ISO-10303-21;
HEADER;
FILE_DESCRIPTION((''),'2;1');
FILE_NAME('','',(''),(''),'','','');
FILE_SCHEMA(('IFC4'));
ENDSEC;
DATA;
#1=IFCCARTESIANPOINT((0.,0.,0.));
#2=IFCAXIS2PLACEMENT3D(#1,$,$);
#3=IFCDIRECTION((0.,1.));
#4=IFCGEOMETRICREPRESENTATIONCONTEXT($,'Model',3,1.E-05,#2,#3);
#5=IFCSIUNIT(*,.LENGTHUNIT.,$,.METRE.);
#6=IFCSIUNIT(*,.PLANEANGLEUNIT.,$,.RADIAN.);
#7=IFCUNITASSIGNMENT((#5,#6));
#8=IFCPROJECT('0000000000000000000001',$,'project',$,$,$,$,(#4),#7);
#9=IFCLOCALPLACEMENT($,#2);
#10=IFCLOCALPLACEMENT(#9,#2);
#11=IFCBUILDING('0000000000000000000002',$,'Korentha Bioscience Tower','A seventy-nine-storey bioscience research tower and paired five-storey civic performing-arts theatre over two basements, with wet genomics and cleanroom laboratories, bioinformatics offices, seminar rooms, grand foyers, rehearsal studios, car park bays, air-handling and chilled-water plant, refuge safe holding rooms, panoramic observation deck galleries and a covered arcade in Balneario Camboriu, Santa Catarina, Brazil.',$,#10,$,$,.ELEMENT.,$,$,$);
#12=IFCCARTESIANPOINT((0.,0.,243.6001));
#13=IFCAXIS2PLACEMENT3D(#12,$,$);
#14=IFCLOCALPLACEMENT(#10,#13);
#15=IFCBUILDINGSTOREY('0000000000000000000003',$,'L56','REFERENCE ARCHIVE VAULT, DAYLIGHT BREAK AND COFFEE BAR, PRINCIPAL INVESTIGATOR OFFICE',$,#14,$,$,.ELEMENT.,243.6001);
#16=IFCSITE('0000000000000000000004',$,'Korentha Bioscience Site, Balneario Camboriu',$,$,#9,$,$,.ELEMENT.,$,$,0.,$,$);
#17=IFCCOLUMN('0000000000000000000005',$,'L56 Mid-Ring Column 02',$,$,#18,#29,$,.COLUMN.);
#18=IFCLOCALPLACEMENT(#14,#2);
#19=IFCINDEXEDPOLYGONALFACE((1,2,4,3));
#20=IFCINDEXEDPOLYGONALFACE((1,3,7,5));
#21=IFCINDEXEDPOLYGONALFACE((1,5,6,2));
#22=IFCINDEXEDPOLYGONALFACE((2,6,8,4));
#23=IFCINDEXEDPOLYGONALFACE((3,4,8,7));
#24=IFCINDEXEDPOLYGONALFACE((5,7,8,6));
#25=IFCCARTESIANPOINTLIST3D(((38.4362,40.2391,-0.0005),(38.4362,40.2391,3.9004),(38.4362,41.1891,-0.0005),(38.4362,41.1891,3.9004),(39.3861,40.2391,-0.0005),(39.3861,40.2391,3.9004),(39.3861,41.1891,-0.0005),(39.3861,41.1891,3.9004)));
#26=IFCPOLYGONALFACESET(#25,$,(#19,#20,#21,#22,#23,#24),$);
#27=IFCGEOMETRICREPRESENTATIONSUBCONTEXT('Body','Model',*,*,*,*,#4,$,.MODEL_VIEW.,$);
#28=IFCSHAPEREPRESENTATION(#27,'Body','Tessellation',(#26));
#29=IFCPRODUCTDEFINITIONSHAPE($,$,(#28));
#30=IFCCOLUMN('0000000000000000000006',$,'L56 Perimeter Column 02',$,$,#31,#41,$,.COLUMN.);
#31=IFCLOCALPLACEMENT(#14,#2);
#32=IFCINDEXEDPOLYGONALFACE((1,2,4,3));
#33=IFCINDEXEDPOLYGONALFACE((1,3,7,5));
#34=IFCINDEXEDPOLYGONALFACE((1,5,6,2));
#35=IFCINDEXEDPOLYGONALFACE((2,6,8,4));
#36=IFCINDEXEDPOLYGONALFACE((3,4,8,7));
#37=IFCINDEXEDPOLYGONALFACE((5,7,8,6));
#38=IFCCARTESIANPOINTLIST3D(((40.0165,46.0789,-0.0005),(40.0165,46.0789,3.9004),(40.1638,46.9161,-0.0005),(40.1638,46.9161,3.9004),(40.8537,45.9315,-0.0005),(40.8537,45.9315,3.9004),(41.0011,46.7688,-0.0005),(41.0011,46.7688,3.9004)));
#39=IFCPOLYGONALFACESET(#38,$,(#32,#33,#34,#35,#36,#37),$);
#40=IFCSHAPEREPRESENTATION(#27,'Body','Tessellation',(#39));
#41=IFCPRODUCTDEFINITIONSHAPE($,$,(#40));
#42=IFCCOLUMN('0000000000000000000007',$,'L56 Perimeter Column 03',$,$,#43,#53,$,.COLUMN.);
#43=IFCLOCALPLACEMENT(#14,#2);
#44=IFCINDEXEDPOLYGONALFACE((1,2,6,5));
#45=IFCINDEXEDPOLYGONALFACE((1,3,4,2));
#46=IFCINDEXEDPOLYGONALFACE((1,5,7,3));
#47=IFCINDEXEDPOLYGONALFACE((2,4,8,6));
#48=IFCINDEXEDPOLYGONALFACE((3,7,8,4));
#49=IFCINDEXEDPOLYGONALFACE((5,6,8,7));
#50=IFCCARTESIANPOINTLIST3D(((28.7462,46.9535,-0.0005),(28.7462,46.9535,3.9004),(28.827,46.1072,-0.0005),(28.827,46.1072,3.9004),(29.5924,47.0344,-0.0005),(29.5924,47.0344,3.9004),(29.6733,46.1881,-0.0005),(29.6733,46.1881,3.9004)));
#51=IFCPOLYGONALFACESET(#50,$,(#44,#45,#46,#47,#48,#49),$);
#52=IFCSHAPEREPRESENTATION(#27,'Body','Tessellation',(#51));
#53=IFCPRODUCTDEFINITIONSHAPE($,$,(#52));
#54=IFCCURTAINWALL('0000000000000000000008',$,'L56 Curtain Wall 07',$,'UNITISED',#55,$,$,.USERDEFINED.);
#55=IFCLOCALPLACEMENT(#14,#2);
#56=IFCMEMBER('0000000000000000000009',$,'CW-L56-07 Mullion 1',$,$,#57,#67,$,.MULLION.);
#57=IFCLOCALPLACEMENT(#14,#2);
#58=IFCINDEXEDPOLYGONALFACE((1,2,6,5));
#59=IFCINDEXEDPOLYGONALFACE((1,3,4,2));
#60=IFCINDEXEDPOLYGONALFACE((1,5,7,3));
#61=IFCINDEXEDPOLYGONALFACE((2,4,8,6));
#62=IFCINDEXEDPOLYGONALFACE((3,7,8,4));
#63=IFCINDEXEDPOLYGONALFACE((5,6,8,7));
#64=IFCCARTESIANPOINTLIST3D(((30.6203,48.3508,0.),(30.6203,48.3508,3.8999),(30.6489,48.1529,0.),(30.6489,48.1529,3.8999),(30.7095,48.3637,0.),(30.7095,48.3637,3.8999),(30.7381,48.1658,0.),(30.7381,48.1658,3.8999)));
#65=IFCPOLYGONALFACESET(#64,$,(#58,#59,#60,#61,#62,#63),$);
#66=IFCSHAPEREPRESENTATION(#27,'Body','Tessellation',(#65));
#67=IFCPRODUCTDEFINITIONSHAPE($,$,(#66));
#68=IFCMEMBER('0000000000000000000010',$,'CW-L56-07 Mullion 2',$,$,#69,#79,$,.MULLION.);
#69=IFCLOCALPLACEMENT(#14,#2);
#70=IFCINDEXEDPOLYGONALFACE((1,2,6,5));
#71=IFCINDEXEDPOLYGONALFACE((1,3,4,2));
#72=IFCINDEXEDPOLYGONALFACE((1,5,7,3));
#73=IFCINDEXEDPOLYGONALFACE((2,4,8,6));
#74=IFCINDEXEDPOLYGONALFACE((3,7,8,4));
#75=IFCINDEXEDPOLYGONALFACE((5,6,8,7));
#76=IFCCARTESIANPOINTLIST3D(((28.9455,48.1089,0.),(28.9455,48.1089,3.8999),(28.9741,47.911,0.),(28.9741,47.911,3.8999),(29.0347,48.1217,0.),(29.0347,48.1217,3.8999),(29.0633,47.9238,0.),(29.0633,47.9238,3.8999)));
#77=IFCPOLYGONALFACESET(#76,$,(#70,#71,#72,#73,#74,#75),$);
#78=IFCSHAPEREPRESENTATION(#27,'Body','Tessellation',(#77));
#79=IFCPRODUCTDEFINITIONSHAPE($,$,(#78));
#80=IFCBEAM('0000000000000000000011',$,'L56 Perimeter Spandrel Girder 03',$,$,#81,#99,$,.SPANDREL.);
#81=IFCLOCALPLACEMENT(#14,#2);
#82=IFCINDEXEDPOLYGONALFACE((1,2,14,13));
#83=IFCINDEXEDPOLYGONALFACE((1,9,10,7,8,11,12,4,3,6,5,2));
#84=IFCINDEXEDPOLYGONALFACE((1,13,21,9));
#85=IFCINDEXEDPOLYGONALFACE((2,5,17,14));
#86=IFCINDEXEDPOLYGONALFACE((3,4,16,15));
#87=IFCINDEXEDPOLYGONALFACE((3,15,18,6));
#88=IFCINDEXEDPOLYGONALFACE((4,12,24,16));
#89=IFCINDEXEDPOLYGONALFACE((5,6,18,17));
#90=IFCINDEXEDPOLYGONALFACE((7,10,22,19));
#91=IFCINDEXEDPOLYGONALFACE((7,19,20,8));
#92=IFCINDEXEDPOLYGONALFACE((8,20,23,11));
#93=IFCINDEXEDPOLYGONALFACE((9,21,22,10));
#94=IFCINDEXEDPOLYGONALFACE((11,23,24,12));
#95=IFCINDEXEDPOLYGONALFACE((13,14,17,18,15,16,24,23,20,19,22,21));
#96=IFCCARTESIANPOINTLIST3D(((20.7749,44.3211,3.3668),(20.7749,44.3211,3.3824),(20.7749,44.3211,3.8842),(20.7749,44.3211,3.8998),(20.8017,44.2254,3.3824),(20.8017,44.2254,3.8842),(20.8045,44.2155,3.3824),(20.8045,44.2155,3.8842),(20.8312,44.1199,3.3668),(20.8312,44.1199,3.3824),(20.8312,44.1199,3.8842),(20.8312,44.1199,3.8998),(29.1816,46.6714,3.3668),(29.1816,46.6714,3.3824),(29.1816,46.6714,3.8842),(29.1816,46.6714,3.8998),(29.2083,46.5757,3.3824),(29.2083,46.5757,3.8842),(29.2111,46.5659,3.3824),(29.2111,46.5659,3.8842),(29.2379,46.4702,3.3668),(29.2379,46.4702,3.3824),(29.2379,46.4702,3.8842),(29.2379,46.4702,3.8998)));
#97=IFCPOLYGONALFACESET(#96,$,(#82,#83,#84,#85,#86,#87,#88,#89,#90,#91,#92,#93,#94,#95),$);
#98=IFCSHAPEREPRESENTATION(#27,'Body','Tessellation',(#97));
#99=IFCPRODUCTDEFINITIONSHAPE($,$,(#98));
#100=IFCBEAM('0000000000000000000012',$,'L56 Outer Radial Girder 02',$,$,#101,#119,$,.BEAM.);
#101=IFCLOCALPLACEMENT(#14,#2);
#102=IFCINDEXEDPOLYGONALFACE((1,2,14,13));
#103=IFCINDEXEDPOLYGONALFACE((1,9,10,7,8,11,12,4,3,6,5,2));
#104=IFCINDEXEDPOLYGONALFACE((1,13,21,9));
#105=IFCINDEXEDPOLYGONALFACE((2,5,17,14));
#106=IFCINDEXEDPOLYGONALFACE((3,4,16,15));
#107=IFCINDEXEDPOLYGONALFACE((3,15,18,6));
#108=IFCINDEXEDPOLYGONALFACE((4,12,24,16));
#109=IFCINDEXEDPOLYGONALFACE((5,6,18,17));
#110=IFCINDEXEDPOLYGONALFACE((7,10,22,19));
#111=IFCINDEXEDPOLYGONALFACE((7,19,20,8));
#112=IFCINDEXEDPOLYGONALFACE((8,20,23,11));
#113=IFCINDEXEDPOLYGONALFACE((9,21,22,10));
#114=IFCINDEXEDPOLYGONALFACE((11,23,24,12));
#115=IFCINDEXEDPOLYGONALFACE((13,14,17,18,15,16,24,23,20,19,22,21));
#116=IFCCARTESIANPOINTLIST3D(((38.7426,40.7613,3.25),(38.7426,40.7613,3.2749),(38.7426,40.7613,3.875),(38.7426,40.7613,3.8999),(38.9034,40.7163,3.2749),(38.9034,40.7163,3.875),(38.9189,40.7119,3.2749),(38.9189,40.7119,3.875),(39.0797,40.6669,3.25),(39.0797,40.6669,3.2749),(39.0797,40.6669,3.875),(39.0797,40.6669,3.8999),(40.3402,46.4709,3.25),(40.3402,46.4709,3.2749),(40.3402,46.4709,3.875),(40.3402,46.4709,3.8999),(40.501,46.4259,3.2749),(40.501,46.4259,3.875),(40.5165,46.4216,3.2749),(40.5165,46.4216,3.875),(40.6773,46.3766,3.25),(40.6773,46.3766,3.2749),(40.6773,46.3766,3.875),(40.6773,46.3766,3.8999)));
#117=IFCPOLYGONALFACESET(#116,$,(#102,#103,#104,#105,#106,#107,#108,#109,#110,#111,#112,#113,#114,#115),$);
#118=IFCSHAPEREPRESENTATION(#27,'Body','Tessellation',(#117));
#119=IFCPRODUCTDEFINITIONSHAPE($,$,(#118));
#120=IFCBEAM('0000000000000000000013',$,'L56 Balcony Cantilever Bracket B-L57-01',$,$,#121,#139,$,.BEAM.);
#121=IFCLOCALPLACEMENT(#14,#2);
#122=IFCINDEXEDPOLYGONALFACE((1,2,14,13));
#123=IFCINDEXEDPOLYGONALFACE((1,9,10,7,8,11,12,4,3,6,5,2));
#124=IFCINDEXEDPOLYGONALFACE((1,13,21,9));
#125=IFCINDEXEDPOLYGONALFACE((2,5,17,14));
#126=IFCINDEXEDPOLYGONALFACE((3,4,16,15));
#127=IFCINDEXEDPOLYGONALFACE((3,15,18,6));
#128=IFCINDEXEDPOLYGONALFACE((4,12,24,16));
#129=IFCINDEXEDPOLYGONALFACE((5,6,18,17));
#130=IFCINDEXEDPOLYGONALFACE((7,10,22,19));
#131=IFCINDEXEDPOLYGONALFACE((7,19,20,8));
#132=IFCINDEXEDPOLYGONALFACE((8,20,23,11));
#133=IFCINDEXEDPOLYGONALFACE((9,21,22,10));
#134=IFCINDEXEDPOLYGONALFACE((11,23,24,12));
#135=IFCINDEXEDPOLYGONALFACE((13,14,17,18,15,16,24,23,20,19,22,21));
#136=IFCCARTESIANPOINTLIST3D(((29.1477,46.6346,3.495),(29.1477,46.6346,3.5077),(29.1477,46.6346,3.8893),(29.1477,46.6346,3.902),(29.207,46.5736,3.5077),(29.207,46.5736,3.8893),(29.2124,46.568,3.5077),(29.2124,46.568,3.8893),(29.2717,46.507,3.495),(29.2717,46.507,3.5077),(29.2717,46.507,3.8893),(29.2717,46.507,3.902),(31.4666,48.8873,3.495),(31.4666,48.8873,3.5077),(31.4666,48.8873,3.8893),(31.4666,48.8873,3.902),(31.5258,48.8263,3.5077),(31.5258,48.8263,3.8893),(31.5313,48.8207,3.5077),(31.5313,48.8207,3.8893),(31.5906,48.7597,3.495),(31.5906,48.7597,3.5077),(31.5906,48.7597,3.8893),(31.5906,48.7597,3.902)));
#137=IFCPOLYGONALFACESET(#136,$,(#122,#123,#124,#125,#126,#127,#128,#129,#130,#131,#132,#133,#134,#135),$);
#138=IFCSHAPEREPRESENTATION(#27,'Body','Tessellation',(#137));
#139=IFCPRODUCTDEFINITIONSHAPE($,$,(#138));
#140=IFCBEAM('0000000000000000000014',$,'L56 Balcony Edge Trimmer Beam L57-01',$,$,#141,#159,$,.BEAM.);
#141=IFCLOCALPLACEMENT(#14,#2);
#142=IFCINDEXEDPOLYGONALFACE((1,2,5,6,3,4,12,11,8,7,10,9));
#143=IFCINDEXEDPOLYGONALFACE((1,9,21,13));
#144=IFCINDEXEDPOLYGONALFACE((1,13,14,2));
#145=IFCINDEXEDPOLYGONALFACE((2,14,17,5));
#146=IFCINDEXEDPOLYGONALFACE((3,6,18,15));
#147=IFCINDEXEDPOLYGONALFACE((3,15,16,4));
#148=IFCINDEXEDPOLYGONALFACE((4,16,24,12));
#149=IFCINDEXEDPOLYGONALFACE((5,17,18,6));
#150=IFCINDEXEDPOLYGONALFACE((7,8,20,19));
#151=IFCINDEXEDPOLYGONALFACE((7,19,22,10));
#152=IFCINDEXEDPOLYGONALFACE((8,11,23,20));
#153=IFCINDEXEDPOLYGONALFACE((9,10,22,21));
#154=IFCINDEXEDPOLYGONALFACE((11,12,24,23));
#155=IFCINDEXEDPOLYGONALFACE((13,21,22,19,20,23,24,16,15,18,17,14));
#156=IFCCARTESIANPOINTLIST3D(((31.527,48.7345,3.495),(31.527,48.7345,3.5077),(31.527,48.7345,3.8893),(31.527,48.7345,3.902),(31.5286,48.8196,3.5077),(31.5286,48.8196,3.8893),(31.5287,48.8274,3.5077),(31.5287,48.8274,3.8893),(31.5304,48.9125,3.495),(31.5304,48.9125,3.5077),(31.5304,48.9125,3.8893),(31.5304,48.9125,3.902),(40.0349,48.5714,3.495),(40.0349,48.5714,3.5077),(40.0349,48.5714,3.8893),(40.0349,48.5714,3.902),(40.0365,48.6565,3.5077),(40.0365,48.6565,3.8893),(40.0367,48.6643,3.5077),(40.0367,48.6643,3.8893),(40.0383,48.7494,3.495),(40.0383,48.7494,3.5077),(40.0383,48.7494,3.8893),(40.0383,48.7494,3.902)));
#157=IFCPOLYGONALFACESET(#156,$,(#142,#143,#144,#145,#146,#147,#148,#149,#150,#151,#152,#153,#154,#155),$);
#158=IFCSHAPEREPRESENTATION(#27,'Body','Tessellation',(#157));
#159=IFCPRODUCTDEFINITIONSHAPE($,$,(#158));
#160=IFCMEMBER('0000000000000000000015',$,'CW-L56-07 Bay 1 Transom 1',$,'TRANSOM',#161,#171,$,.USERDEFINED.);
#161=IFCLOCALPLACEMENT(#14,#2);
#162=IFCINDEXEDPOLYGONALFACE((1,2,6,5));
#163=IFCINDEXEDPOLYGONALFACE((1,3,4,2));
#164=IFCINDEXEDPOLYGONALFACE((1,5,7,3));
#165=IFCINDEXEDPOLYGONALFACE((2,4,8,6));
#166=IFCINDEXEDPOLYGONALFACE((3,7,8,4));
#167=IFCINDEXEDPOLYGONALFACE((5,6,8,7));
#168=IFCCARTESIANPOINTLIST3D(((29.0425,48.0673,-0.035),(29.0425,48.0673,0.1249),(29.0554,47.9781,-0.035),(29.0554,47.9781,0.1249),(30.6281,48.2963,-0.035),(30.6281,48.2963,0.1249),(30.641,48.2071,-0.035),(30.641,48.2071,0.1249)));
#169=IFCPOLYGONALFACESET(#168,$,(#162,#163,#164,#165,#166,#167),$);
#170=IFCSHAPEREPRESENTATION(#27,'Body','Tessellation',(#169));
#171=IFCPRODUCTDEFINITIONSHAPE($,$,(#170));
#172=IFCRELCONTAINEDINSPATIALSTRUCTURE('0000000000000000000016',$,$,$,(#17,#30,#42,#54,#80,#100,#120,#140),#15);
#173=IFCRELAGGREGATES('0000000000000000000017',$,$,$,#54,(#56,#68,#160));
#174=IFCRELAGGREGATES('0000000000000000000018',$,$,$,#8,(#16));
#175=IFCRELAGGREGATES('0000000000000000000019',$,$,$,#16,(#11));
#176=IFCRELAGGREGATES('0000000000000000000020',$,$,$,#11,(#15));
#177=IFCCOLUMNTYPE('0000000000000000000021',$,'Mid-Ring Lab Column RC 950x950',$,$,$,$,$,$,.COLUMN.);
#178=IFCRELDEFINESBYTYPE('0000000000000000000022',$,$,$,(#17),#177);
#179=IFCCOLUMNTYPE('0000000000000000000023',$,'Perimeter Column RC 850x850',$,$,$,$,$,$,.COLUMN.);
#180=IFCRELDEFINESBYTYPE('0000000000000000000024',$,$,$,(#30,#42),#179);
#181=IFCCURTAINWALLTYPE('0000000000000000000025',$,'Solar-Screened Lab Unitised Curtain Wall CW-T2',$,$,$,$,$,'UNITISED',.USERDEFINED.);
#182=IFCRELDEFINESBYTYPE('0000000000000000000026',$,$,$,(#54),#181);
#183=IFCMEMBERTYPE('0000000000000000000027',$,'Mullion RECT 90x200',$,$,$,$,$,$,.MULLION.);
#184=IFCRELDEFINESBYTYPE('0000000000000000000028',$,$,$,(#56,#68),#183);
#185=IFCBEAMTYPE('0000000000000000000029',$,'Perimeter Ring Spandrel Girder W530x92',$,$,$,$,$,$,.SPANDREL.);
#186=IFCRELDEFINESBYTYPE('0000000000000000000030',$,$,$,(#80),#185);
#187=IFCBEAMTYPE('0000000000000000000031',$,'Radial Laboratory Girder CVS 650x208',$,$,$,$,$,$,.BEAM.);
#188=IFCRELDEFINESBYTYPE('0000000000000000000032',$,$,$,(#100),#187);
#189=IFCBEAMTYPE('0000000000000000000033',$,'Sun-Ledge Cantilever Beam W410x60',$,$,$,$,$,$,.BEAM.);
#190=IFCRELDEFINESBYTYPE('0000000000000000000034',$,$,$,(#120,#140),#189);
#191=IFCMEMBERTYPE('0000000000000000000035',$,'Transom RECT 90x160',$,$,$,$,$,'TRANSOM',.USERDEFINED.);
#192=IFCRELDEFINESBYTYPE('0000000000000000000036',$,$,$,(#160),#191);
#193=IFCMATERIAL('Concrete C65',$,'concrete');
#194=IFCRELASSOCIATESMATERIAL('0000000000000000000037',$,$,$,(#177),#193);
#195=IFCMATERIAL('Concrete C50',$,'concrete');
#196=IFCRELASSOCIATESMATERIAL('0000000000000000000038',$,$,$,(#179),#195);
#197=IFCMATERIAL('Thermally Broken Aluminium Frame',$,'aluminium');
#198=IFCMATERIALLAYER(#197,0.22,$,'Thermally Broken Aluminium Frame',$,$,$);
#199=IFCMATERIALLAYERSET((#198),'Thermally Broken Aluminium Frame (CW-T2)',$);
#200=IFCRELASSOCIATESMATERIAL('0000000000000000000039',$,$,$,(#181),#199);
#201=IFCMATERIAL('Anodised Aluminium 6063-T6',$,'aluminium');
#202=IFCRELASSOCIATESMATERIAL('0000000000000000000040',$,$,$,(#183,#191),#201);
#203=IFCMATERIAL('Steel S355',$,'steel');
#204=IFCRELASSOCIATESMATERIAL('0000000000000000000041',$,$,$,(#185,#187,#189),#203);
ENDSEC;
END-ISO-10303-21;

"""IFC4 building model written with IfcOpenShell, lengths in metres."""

from ifc_helpers import new_model, si_unit, direction, frame, origin, origin_2d, place, context, subcontext, project, spatial, rectangle, i_section, extrude, material, layer, layer_set, material_profile, profile_set, type_object, element, aggregate, save


model = new_model("IFC4")

# Units and contexts
model_context = context("Model", 3, precision=1e-05, world=origin(), true_north=direction((0.0, 1.0)))
body_context = subcontext(model_context, "Body", "Model", "MODEL_VIEW")
ifc_project = project(units=[si_unit("LENGTHUNIT", "METRE"), si_unit("PLANEANGLEUNIT", "RADIAN")], contexts=[model_context])

# Site, building, storey
site_placement = place(None, origin())
site = spatial("IfcSite", under=ifc_project, at=site_placement, Name="Korentha Bioscience Site, Balneario Camboriu", CompositionType="ELEMENT", RefElevation=0.0)
building_placement = place(site_placement, origin())
building = spatial("IfcBuilding", under=site, at=building_placement, Name="Korentha Bioscience Tower", Description="A seventy-nine-storey bioscience research tower and paired five-storey civic performing-arts theatre over two basements, with wet genomics and cleanroom laboratories, bioinformatics offices, seminar rooms, grand foyers, rehearsal studios, car park bays, air-handling and chilled-water plant, refuge safe holding rooms, panoramic observation deck galleries and a covered arcade in Balneario Camboriu, Santa Catarina, Brazil.", CompositionType="ELEMENT")
storey_placement = place(building_placement, frame((0.0, 0.0, 243.6001)))
storey = spatial("IfcBuildingStorey", under=building, at=storey_placement, Name="L56", Description="REFERENCE ARCHIVE VAULT, DAYLIGHT BREAK AND COFFEE BAR, PRINCIPAL INVESTIGATOR OFFICE", CompositionType="ELEMENT", Elevation=243.6001)

# Columns
ifc_material_1 = material(Name="Concrete C65", Category="concrete")
ifc_material_profile_1 = material_profile(ifc_material_1, rectangle(XDim=0.95, YDim=0.95, at=origin_2d()), Name="Concrete C65")
ifc_profile_set_1 = profile_set([ifc_material_profile_1], Name="Concrete C65 (COL-MR09)")
column_type_1 = type_object("IfcColumnType", Name="Mid-Ring Lab Column RC 950x950", PredefinedType="COLUMN", material=ifc_profile_set_1)
column_placement = place(storey_placement, frame((38.9111, 40.7141, -0.0005), z_axis=(0.0, 0.0, 1.0), x_axis=(1.0, 0.0, 0.0)))
element("IfcColumn", 1, at=column_placement, inside=storey, type_object=column_type_1, Name="L56 Mid-Ring Column 02", PredefinedType="COLUMN", context=body_context, shape_type="SweptSolid", body=[
    extrude(rectangle(XDim=0.95, YDim=0.95, at=origin_2d()), origin(), (0.0, 0.0, 1.0), 3.9009),
])
ifc_material_2 = material(Name="Concrete C50", Category="concrete")
ifc_material_profile_2 = material_profile(ifc_material_2, rectangle(XDim=0.8501, YDim=0.8501, at=origin_2d()), Name="Concrete C50")
ifc_profile_set_2 = profile_set([ifc_material_profile_2], Name="Concrete C50 (COL-P08)")
column_type_2 = type_object("IfcColumnType", Name="Perimeter Column RC 850x850", PredefinedType="COLUMN", material=ifc_profile_set_2)
for number, where, z_axis, x_axis, name in (
    (2, (40.5088, 46.4238, -0.0005), (0.0, 0.0, 1.0), (-0.984868, 0.173304, 0.0), "L56 Perimeter Column 02"),
    (3, (29.2097, 46.5708, -0.0005), (0.0, 0.0, 1.0), (0.995463, 0.095151, 0.0), "L56 Perimeter Column 03"),
):
    element("IfcColumn", number, at=place(storey_placement, frame(where, z_axis=z_axis, x_axis=x_axis)), inside=storey, type_object=column_type_2, Name=name, PredefinedType="COLUMN", context=body_context, shape_type="SweptSolid", body=[
        extrude(rectangle(XDim=0.8501, YDim=0.8501, at=origin_2d()), origin(), (0.0, 0.0, 1.0), 3.9009),
    ])

# Curtain wall, members
ifc_material_3 = material(Name="Thermally Broken Aluminium Frame", Category="aluminium")
ifc_layer_1 = layer(ifc_material_3, 0.22, Name="Thermally Broken Aluminium Frame")
ifc_layer_set_1 = layer_set([ifc_layer_1], Name="Thermally Broken Aluminium Frame (CW-T2)")
curtain_wall_type = type_object("IfcCurtainWallType", Name="Solar-Screened Lab Unitised Curtain Wall CW-T2", ElementType="UNITISED", PredefinedType="USERDEFINED", material=ifc_layer_set_1)
curtain_wall_placement = place(storey_placement, origin())
curtain_wall = element("IfcCurtainWall", 4, at=curtain_wall_placement, inside=storey, type_object=curtain_wall_type, Name="L56 Curtain Wall 07", ObjectType="UNITISED", PredefinedType="USERDEFINED")
ifc_material_4 = material(Name="Anodised Aluminium 6063-T6", Category="aluminium")
ifc_material_profile_3 = material_profile(ifc_material_4, rectangle(XDim=0.0901, YDim=0.2, at=origin_2d()), Name="Anodised Aluminium 6063-T6")
ifc_profile_set_3 = profile_set([ifc_material_profile_3], Name="Anodised Aluminium 6063-T6 (CW-MUL)")
member_type_1 = type_object("IfcMemberType", Name="Mullion RECT 90x200", PredefinedType="MULLION", material=ifc_profile_set_3)
member_1_placement = place(storey_placement, frame((30.6792, 48.2583, 0.0), z_axis=(0.0, 0.0, 1.0), x_axis=(-0.989729, -0.142956, 0.0)))
member_1 = element("IfcMember", 5, at=member_1_placement, type_object=member_type_1, Name="CW-L56-07 Mullion 1", PredefinedType="MULLION", context=body_context, shape_type="SweptSolid", body=[
    extrude(rectangle(XDim=0.0901, YDim=0.2, at=origin_2d()), origin(), (0.0, 0.0, 1.0), 3.8999),
])
member_2_placement = place(storey_placement, frame((29.0044, 48.0164, 0.0), z_axis=(0.0, 0.0, 1.0), x_axis=(-0.989729, -0.142956, 0.0)))
member_2 = element("IfcMember", 6, at=member_2_placement, type_object=member_type_1, Name="CW-L56-07 Mullion 2", PredefinedType="MULLION", context=body_context, shape_type="SweptSolid", body=[
    extrude(rectangle(XDim=0.0901, YDim=0.2, at=origin_2d()), origin(), (0.0, 0.0, 1.0), 3.8999),
])

# Beams
ifc_material_5 = material(Name="Steel S355", Category="steel")
ifc_material_profile_4 = material_profile(ifc_material_5, i_section(OverallWidth=0.209, OverallDepth=0.533, WebThickness=0.0103, FlangeThickness=0.0156, at=origin_2d()), Name="Steel S355")
ifc_profile_set_4 = profile_set([ifc_material_profile_4], Name="Steel S355 (SB-530)")
beam_type_1 = type_object("IfcBeamType", Name="Perimeter Ring Spandrel Girder W530x92", PredefinedType="SPANDREL", material=ifc_profile_set_4)
beam_1_placement = place(storey_placement, frame((29.2097, 46.5708, 3.6333), z_axis=(-0.963069, -0.269253, 0.0), x_axis=(0.269253, -0.963069, 0.0)))
element("IfcBeam", 7, at=beam_1_placement, inside=storey, type_object=beam_type_1, Name="L56 Perimeter Spandrel Girder 03", PredefinedType="SPANDREL", context=body_context, shape_type="SweptSolid", body=[
    extrude(i_section(OverallWidth=0.209, OverallDepth=0.533, WebThickness=0.0103, FlangeThickness=0.0156, at=origin_2d()), origin(), (0.0, 0.0, 1.0), 8.729),
])
ifc_material_profile_5 = material_profile(ifc_material_5, i_section(OverallWidth=0.3501, OverallDepth=0.6499, WebThickness=0.0161, FlangeThickness=0.0249, at=origin_2d()), Name="Steel S355")
ifc_profile_set_5 = profile_set([ifc_material_profile_5], Name="Steel S355 (RB-650)")
beam_type_2 = type_object("IfcBeamType", Name="Radial Laboratory Girder CVS 650x208", PredefinedType="BEAM", material=ifc_profile_set_5)
beam_2_placement = place(storey_placement, frame((38.9111, 40.7141, 3.575), z_axis=(0.269463, 0.963011, 0.0), x_axis=(-0.963011, 0.269463, 0.0)))
element("IfcBeam", 8, at=beam_2_placement, inside=storey, type_object=beam_type_2, Name="L56 Outer Radial Girder 02", PredefinedType="BEAM", context=body_context, shape_type="SweptSolid", body=[
    extrude(i_section(OverallWidth=0.3501, OverallDepth=0.6499, WebThickness=0.0161, FlangeThickness=0.0249, at=origin_2d()), origin(), (0.0, 0.0, 1.0), 5.929),
])
ifc_material_profile_6 = material_profile(ifc_material_5, i_section(OverallWidth=0.178, OverallDepth=0.407, WebThickness=0.0078, FlangeThickness=0.0127, at=origin_2d()), Name="Steel S355")
ifc_profile_set_6 = profile_set([ifc_material_profile_6], Name="Steel S355 (CB-410)")
beam_type_3 = type_object("IfcBeamType", Name="Sun-Ledge Cantilever Beam W410x60", PredefinedType="BEAM", material=ifc_profile_set_6)
beam_3_placement = place(storey_placement, frame((29.2097, 46.5708, 3.6985), z_axis=(0.717265, 0.6968, 0.0), x_axis=(-0.6968, 0.717265, 0.0)))
element("IfcBeam", 9, at=beam_3_placement, inside=storey, type_object=beam_type_3, Name="L56 Balcony Cantilever Bracket B-L57-01", PredefinedType="BEAM", context=body_context, shape_type="SweptSolid", body=[
    extrude(i_section(OverallWidth=0.178, OverallDepth=0.407, WebThickness=0.0078, FlangeThickness=0.0127, at=origin_2d()), origin(), (0.0, 0.0, 1.0), 3.2329),
])
beam_4_placement = place(storey_placement, frame((40.0366, 48.6604, 3.6985), z_axis=(-0.999816, 0.019165, 0.0), x_axis=(-0.019165, -0.999816, 0.0)))
element("IfcBeam", 10, at=beam_4_placement, inside=storey, type_object=beam_type_3, Name="L56 Balcony Edge Trimmer Beam L57-01", PredefinedType="BEAM", context=body_context, shape_type="SweptSolid", body=[
    extrude(i_section(OverallWidth=0.178, OverallDepth=0.407, WebThickness=0.0078, FlangeThickness=0.0127, at=origin_2d()), origin(), (0.0, 0.0, 1.0), 8.5095),
])

# Member
ifc_material_profile_7 = material_profile(ifc_material_4, rectangle(XDim=0.0901, YDim=0.1599, at=origin_2d()), Name="Anodised Aluminium 6063-T6")
ifc_profile_set_7 = profile_set([ifc_material_profile_7], Name="Anodised Aluminium 6063-T6 (CW-TRN)")
member_type_2 = type_object("IfcMemberType", Name="Transom RECT 90x160", ElementType="TRANSOM", PredefinedType="USERDEFINED", material=ifc_profile_set_7)
member_3_placement = place(storey_placement, frame((30.6345, 48.2517, 0.0449), z_axis=(-0.989732, -0.142936, 0.0), x_axis=(0.142936, -0.989732, 0.0)))
member_3 = element("IfcMember", 11, at=member_3_placement, type_object=member_type_2, Name="CW-L56-07 Bay 1 Transom 1", ObjectType="TRANSOM", PredefinedType="USERDEFINED", context=body_context, shape_type="SweptSolid", body=[
    extrude(rectangle(XDim=0.0901, YDim=0.1599, at=origin_2d()), origin(), (0.0, 0.0, 1.0), 1.6021),
])

aggregate(curtain_wall, [member_1, member_2, member_3])

save(model, "model.ifc")
